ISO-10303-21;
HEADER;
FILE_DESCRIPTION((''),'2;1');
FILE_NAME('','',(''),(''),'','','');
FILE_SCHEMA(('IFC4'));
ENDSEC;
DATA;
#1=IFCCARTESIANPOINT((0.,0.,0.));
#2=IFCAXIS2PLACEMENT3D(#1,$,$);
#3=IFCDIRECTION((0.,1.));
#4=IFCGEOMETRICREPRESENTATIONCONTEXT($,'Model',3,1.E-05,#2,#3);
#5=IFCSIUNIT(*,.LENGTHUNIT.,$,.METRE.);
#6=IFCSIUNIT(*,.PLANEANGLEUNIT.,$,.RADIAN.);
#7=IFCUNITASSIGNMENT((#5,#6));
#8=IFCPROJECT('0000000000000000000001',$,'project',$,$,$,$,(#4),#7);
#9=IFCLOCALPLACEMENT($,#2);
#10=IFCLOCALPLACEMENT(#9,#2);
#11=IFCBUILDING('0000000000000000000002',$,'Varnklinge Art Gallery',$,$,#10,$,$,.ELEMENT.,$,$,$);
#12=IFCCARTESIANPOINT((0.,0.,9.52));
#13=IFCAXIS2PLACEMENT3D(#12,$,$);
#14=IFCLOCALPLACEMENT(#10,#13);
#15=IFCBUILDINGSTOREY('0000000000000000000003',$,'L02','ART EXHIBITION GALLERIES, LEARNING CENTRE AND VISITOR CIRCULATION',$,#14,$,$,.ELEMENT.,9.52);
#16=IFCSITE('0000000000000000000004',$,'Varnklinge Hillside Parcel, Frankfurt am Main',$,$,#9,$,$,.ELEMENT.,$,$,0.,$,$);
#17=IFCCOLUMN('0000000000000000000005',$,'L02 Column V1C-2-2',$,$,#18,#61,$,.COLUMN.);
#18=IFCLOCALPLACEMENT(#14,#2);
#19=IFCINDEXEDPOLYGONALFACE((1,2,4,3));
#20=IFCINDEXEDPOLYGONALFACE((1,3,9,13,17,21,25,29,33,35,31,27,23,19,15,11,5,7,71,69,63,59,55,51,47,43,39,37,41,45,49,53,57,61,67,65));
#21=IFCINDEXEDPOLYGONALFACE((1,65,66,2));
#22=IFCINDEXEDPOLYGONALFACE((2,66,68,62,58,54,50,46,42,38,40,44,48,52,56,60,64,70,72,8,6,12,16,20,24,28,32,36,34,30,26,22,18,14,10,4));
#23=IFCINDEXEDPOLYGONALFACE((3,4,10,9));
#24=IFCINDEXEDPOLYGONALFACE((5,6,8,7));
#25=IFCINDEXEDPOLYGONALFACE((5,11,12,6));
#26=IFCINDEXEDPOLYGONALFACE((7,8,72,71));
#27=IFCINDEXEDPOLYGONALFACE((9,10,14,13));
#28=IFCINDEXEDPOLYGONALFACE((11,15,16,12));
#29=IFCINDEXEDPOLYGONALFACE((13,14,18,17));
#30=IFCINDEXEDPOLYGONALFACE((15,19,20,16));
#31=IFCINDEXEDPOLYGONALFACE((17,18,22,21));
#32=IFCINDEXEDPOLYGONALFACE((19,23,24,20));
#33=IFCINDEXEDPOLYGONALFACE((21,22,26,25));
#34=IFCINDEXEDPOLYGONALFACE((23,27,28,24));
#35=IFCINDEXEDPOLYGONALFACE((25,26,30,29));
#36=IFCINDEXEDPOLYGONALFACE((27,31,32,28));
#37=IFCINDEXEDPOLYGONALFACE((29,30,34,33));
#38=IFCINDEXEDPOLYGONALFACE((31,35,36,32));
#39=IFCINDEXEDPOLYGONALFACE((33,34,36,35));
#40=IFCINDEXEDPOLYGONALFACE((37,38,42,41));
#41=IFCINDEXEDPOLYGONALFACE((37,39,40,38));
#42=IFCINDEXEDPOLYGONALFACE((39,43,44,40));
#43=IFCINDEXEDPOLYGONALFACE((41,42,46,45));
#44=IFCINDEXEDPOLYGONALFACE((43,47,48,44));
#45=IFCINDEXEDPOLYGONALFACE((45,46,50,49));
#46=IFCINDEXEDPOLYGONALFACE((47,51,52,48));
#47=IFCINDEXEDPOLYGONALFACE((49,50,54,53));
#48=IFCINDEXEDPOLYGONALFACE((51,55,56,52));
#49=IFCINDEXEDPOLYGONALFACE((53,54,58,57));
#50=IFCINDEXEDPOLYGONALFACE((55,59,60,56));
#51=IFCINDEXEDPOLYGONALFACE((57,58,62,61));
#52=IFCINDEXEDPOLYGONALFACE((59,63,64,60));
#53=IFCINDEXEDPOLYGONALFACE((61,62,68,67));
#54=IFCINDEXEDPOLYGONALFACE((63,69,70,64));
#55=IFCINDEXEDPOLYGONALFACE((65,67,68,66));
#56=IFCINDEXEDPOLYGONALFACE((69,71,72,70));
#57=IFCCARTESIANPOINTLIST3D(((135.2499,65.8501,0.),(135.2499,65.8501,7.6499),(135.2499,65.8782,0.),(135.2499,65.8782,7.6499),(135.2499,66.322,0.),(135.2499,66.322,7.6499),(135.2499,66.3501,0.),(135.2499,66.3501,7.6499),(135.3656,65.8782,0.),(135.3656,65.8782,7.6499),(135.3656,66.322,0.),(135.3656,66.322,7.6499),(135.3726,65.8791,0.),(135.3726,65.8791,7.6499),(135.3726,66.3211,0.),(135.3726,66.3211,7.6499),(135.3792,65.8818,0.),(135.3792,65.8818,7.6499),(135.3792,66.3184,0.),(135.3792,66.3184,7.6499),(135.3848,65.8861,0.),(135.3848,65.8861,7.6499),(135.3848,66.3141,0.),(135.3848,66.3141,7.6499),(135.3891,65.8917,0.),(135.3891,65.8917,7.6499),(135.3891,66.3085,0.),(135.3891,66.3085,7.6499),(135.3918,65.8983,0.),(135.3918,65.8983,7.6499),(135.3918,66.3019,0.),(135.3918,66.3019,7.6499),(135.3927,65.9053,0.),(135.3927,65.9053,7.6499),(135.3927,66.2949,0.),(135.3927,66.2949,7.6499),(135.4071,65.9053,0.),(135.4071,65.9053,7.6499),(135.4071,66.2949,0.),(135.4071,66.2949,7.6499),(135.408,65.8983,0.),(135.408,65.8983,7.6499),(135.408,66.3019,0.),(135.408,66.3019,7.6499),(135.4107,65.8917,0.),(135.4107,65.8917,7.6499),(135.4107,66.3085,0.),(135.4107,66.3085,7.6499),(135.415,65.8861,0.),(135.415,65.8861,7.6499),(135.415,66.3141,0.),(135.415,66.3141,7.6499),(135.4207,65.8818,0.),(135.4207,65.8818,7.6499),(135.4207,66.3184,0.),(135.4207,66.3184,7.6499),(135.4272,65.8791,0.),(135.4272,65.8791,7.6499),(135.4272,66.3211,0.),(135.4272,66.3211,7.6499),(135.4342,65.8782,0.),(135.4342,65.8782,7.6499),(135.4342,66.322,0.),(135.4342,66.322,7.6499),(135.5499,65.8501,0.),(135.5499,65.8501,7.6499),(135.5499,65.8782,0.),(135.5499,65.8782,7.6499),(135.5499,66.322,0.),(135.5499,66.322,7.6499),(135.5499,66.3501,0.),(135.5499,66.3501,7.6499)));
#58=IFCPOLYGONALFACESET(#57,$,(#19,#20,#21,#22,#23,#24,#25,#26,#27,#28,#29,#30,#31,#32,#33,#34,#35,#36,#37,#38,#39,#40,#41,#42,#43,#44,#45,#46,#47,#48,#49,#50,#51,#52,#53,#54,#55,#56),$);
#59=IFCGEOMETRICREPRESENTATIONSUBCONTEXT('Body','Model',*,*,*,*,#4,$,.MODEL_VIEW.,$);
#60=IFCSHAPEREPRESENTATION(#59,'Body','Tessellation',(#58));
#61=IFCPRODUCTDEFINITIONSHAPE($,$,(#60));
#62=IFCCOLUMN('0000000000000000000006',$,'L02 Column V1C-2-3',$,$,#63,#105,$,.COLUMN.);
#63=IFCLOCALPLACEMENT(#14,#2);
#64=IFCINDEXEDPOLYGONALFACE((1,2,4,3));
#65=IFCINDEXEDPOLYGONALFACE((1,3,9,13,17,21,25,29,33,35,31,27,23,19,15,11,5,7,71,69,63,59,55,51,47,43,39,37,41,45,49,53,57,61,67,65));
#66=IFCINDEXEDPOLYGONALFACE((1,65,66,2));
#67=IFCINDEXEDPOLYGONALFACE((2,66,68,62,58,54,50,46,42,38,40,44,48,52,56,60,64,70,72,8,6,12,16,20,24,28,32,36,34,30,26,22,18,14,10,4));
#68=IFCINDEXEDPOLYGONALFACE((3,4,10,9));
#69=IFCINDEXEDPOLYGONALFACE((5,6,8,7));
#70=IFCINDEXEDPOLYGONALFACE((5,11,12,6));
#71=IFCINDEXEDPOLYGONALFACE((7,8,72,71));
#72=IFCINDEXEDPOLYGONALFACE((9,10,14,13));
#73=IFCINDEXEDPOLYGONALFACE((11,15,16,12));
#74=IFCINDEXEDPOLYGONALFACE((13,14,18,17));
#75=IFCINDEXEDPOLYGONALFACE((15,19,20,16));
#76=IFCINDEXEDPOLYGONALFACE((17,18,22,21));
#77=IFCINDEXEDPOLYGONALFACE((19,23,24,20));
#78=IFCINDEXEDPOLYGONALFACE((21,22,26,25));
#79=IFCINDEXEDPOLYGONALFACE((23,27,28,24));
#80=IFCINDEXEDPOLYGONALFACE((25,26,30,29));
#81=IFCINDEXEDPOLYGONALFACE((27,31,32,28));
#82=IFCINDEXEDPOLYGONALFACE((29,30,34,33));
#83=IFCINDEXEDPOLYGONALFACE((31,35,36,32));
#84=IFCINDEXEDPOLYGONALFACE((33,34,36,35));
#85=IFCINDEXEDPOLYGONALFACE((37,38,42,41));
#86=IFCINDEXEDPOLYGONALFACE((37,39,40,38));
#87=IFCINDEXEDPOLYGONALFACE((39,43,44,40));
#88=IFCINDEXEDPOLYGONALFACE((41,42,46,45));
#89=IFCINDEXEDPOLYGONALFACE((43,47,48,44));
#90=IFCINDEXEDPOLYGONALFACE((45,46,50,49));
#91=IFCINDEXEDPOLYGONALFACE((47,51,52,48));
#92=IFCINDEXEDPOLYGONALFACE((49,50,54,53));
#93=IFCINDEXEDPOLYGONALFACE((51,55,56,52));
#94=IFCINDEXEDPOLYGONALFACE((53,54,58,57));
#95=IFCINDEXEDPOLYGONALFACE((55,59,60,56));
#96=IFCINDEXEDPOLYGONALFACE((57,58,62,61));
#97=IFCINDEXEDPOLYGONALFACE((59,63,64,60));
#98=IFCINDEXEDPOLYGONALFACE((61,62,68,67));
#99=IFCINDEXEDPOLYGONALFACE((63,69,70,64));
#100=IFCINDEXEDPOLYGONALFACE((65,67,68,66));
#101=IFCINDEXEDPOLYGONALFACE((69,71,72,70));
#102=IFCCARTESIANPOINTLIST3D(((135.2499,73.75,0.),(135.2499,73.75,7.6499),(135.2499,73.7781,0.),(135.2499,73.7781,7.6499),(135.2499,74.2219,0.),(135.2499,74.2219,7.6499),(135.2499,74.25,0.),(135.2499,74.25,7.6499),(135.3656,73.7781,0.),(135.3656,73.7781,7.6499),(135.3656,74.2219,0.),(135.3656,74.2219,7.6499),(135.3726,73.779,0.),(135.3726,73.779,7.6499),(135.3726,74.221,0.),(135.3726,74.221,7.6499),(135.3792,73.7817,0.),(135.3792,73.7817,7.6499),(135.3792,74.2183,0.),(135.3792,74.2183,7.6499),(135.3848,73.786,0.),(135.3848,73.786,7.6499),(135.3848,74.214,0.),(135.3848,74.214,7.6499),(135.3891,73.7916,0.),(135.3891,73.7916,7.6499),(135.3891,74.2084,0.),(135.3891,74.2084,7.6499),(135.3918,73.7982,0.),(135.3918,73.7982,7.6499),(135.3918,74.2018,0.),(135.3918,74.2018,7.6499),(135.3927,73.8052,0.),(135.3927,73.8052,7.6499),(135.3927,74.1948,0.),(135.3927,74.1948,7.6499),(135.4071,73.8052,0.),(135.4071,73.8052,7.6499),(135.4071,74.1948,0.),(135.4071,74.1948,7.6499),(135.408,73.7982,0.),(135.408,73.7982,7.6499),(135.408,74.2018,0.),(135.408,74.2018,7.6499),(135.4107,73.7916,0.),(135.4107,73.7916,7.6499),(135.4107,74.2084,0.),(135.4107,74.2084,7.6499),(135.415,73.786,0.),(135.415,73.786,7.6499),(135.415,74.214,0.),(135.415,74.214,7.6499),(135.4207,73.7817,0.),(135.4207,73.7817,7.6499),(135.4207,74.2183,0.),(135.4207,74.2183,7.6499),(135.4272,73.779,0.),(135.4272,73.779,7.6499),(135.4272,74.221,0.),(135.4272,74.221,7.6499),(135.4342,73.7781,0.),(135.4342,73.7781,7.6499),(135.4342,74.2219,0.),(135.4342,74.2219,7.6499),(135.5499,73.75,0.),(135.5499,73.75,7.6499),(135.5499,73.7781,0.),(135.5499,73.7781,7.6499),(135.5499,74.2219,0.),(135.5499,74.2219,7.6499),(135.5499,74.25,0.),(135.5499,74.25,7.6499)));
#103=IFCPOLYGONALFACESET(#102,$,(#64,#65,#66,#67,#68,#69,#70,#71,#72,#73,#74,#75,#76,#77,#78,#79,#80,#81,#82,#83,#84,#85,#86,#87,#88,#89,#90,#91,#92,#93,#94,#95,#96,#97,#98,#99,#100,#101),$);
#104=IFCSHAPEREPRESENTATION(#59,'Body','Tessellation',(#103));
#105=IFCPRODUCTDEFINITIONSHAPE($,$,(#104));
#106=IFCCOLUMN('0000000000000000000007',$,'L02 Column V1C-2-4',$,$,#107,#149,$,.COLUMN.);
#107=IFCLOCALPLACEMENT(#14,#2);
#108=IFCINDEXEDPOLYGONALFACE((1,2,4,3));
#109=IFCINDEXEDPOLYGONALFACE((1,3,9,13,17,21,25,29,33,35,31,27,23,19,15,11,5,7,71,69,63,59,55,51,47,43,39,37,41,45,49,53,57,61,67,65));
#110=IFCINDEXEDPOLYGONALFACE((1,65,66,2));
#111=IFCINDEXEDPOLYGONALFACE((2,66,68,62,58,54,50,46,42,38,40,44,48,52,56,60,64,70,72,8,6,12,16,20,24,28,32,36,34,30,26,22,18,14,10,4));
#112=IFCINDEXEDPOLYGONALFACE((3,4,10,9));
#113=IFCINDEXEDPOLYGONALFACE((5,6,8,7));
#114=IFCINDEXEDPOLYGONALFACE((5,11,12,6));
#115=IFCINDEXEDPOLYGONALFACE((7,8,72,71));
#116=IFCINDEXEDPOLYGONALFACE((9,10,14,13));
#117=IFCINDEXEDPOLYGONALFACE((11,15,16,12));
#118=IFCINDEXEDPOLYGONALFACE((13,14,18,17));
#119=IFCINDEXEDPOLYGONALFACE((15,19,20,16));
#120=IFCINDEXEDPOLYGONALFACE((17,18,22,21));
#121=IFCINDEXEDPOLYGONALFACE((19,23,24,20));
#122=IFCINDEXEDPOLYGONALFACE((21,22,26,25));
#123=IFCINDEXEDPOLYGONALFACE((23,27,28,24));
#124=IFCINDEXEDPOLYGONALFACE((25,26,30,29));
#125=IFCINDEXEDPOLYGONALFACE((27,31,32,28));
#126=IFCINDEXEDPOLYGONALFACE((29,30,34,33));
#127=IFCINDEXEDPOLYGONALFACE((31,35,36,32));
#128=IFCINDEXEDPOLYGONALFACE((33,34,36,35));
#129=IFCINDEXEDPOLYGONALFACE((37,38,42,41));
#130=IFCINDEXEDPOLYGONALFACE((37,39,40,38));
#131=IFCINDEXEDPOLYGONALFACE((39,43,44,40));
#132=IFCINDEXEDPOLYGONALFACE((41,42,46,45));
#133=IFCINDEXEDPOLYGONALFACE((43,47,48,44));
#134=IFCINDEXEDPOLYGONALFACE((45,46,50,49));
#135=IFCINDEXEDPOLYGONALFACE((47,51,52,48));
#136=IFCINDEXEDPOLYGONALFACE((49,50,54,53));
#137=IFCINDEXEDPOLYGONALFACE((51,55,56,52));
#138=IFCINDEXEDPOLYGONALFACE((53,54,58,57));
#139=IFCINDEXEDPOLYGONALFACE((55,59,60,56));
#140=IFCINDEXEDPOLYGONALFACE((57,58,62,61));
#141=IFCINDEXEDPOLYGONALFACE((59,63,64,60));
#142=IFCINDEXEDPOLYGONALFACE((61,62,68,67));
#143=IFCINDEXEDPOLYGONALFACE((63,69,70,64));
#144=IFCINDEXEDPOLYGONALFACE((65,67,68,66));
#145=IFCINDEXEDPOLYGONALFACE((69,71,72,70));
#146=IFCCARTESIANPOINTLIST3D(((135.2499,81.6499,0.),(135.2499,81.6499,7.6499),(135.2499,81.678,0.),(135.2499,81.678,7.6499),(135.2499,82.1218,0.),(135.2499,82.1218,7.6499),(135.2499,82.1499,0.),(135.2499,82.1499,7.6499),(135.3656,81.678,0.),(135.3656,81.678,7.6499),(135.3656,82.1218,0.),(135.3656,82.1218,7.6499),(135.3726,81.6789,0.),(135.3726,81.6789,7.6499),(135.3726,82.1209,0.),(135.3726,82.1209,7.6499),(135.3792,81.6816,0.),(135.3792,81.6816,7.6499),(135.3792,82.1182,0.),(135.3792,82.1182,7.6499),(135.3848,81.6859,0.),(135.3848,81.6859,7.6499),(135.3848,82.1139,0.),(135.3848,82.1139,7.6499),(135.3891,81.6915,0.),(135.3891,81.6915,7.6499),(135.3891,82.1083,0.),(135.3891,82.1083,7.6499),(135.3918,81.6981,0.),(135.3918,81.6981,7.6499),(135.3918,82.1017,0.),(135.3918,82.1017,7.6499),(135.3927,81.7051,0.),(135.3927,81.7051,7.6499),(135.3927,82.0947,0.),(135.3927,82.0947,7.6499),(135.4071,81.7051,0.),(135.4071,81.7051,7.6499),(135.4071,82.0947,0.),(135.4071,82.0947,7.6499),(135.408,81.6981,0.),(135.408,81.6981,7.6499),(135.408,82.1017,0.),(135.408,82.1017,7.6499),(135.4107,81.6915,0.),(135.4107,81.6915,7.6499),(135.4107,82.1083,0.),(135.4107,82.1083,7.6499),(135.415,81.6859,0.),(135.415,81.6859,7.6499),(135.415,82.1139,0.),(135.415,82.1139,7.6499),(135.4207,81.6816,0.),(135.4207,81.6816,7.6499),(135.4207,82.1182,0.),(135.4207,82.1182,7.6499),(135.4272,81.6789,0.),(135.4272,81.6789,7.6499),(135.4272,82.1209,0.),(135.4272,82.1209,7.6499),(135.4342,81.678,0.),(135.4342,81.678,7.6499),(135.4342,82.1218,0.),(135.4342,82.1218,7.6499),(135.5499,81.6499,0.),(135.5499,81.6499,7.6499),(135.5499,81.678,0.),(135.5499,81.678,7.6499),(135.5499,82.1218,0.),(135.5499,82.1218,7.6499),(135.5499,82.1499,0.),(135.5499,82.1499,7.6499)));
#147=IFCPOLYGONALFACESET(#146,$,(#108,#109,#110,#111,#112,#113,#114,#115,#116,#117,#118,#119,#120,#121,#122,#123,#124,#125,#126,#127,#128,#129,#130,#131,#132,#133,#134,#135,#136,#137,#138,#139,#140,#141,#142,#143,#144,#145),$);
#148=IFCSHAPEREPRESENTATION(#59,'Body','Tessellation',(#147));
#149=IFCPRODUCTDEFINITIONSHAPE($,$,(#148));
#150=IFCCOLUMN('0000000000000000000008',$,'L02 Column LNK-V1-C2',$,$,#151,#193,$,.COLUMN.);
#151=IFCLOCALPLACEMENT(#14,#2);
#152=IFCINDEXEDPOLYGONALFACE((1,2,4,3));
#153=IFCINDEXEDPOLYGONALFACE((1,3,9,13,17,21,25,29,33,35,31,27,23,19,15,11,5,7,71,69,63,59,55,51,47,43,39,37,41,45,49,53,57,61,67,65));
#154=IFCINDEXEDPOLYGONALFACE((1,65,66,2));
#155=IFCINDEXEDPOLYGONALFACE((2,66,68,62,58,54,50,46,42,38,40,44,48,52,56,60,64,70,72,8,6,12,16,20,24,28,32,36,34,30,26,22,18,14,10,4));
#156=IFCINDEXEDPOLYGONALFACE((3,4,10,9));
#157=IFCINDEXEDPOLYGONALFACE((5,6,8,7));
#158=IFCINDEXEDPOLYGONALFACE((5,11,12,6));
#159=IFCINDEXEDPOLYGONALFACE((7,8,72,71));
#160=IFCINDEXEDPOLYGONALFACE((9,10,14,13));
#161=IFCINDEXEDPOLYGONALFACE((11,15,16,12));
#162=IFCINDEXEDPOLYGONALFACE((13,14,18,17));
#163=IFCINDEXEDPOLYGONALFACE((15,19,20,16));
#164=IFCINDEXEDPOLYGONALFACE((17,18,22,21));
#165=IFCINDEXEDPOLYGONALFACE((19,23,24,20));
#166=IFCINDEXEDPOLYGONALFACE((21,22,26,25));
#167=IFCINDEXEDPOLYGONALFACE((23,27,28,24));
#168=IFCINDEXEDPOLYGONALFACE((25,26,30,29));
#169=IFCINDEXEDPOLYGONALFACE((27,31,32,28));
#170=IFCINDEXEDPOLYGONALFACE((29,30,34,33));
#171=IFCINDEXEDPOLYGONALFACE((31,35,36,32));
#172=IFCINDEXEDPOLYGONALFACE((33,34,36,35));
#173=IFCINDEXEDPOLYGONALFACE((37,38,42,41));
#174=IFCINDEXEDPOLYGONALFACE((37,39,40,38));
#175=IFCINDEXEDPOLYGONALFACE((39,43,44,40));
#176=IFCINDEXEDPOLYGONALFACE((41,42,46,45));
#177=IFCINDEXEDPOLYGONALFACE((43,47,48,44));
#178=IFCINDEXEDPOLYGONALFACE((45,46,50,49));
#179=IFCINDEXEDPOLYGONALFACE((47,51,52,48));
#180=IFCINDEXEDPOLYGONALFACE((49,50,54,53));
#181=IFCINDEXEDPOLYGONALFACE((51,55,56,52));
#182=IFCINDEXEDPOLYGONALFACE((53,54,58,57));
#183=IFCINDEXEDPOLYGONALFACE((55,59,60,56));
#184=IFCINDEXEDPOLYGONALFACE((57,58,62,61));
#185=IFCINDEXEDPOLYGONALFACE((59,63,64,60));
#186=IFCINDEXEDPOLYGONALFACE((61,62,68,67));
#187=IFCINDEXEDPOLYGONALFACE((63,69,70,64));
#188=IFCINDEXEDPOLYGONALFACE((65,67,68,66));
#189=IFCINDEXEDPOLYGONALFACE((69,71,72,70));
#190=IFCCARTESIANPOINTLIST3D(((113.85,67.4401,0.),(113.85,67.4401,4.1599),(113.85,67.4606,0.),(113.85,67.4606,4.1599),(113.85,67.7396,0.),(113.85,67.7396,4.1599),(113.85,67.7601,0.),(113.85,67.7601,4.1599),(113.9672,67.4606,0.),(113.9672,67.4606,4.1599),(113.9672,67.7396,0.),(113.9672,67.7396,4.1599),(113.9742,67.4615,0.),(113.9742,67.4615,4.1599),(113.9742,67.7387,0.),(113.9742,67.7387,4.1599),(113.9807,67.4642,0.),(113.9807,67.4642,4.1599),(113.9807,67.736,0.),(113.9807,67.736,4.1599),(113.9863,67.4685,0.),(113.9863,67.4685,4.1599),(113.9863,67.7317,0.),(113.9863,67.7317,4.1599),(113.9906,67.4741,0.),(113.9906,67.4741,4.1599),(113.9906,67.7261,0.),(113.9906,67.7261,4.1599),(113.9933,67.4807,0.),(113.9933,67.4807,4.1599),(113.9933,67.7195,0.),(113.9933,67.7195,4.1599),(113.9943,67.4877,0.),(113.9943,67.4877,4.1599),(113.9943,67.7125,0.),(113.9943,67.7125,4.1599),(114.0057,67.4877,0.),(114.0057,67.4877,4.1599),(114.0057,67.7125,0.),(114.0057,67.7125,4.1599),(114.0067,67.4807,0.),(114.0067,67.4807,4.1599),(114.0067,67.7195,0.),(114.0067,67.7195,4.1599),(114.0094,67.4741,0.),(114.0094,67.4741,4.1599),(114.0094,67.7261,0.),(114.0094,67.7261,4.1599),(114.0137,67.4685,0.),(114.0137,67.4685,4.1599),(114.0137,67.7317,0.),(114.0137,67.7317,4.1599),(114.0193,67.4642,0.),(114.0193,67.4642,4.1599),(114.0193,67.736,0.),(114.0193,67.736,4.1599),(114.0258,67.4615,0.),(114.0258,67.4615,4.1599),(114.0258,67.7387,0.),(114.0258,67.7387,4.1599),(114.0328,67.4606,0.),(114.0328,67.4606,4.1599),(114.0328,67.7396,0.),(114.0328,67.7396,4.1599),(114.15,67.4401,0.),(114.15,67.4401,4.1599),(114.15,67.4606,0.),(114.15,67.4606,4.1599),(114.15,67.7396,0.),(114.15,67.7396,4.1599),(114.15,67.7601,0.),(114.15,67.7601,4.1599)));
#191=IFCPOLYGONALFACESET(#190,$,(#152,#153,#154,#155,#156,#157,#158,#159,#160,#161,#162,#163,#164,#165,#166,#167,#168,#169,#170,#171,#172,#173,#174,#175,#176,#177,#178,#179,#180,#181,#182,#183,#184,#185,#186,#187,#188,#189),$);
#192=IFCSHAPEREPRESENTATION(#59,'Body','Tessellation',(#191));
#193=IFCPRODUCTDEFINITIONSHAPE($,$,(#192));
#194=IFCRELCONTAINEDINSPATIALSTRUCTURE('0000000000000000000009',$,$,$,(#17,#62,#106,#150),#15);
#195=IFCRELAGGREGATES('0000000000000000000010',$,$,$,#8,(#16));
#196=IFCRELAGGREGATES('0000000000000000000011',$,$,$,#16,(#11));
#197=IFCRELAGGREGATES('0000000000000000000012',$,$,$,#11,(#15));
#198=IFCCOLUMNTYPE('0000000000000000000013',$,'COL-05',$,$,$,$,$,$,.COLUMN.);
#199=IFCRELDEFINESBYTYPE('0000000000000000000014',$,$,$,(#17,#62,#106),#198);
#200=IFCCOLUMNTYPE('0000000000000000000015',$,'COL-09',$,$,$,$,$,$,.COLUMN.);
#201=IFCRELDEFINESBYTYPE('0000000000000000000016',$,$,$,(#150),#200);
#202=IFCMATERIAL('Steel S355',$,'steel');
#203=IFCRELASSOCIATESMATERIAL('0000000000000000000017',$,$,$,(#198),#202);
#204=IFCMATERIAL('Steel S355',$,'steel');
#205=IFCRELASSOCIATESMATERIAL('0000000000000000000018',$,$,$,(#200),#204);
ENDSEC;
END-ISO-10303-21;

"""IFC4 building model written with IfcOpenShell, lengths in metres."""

from ifc_helpers import new_model, si_unit, direction, frame, origin, origin_2d, place, context, subcontext, project, spatial, i_section, extrude, material, material_profile, profile_set, type_object, element, save


model = new_model("IFC4")

# Units and contexts
model_context = context("Model", 3, precision=1e-05, world=origin(), true_north=direction((0.0, 1.0)))
body_context = subcontext(model_context, "Body", "Model", "MODEL_VIEW")
ifc_project = project(units=[si_unit("LENGTHUNIT", "METRE"), si_unit("PLANEANGLEUNIT", "RADIAN")], contexts=[model_context])

# Site, building, storey
site_placement = place(None, origin())
site = spatial("IfcSite", under=ifc_project, at=site_placement, Name="Varnklinge Hillside Parcel, Frankfurt am Main", CompositionType="ELEMENT", RefElevation=0.0)
building_placement = place(site_placement, origin())
building = spatial("IfcBuilding", under=site, at=building_placement, Name="Varnklinge Art Gallery", CompositionType="ELEMENT")
storey_placement = place(building_placement, frame((0.0, 0.0, 9.52)))
storey = spatial("IfcBuildingStorey", under=building, at=storey_placement, Name="L02", Description="ART EXHIBITION GALLERIES, LEARNING CENTRE AND VISITOR CIRCULATION", CompositionType="ELEMENT", Elevation=9.52)

# Columns
ifc_material_1 = material(Name="Steel S355", Category="steel")
ifc_material_profile_1 = material_profile(ifc_material_1, i_section(OverallWidth=0.3, OverallDepth=0.5, WebThickness=0.0144, FlangeThickness=0.0281, FilletRadius=0.0271, at=origin_2d()), Name="HEB 500")
ifc_profile_set_1 = profile_set([ifc_material_profile_1], Name="Steel S355")
column_type_1 = type_object("IfcColumnType", Name="COL-05", PredefinedType="COLUMN", material=ifc_profile_set_1)
for number, where, z_axis, x_axis, name in (
    (1, (135.3999, 66.1001, 0.0), (0.0, 0.0, 1.0), (1.0, 0.0, 0.0), "L02 Column V1C-2-2"),
    (2, (135.3999, 74.0, 0.0), (0.0, 0.0, 1.0), (1.0, 0.0, 0.0), "L02 Column V1C-2-3"),
    (3, (135.3999, 81.8999, 0.0), (0.0, 0.0, 1.0), (1.0, 0.0, 0.0), "L02 Column V1C-2-4"),
):
    element("IfcColumn", number, at=place(storey_placement, frame(where, z_axis=z_axis, x_axis=x_axis)), inside=storey, type_object=column_type_1, Name=name, PredefinedType="COLUMN", context=body_context, shape_type="SweptSolid", body=[
        extrude(i_section(OverallWidth=0.3, OverallDepth=0.5, WebThickness=0.0144, FlangeThickness=0.0281, FilletRadius=0.0271, at=origin_2d()), origin(), (0.0, 0.0, 1.0), 7.6499),
    ])
ifc_material_2 = material(Name="Steel S355", Category="steel")
ifc_material_profile_2 = material_profile(ifc_material_2, i_section(OverallWidth=0.3, OverallDepth=0.3201, WebThickness=0.0115, FlangeThickness=0.0205, FilletRadius=0.0271, at=origin_2d()), Name="HEB 320")
ifc_profile_set_2 = profile_set([ifc_material_profile_2], Name="Steel S355")
column_type_2 = type_object("IfcColumnType", Name="COL-09", PredefinedType="COLUMN", material=ifc_profile_set_2)
for number, where, z_axis, x_axis, name in (
    (4, (114.0, 67.6001, 0.0), (0.0, 0.0, 1.0), (1.0, 0.0, 0.0), "L02 Column LNK-V1-C2"),
):
    element("IfcColumn", number, at=place(storey_placement, frame(where, z_axis=z_axis, x_axis=x_axis)), inside=storey, type_object=column_type_2, Name=name, PredefinedType="COLUMN", context=body_context, shape_type="SweptSolid", body=[
        extrude(i_section(OverallWidth=0.3, OverallDepth=0.3201, WebThickness=0.0115, FlangeThickness=0.0205, FilletRadius=0.0271, at=origin_2d()), origin(), (0.0, 0.0, 1.0), 4.1599),
    ])

save(model, "model.ifc")
